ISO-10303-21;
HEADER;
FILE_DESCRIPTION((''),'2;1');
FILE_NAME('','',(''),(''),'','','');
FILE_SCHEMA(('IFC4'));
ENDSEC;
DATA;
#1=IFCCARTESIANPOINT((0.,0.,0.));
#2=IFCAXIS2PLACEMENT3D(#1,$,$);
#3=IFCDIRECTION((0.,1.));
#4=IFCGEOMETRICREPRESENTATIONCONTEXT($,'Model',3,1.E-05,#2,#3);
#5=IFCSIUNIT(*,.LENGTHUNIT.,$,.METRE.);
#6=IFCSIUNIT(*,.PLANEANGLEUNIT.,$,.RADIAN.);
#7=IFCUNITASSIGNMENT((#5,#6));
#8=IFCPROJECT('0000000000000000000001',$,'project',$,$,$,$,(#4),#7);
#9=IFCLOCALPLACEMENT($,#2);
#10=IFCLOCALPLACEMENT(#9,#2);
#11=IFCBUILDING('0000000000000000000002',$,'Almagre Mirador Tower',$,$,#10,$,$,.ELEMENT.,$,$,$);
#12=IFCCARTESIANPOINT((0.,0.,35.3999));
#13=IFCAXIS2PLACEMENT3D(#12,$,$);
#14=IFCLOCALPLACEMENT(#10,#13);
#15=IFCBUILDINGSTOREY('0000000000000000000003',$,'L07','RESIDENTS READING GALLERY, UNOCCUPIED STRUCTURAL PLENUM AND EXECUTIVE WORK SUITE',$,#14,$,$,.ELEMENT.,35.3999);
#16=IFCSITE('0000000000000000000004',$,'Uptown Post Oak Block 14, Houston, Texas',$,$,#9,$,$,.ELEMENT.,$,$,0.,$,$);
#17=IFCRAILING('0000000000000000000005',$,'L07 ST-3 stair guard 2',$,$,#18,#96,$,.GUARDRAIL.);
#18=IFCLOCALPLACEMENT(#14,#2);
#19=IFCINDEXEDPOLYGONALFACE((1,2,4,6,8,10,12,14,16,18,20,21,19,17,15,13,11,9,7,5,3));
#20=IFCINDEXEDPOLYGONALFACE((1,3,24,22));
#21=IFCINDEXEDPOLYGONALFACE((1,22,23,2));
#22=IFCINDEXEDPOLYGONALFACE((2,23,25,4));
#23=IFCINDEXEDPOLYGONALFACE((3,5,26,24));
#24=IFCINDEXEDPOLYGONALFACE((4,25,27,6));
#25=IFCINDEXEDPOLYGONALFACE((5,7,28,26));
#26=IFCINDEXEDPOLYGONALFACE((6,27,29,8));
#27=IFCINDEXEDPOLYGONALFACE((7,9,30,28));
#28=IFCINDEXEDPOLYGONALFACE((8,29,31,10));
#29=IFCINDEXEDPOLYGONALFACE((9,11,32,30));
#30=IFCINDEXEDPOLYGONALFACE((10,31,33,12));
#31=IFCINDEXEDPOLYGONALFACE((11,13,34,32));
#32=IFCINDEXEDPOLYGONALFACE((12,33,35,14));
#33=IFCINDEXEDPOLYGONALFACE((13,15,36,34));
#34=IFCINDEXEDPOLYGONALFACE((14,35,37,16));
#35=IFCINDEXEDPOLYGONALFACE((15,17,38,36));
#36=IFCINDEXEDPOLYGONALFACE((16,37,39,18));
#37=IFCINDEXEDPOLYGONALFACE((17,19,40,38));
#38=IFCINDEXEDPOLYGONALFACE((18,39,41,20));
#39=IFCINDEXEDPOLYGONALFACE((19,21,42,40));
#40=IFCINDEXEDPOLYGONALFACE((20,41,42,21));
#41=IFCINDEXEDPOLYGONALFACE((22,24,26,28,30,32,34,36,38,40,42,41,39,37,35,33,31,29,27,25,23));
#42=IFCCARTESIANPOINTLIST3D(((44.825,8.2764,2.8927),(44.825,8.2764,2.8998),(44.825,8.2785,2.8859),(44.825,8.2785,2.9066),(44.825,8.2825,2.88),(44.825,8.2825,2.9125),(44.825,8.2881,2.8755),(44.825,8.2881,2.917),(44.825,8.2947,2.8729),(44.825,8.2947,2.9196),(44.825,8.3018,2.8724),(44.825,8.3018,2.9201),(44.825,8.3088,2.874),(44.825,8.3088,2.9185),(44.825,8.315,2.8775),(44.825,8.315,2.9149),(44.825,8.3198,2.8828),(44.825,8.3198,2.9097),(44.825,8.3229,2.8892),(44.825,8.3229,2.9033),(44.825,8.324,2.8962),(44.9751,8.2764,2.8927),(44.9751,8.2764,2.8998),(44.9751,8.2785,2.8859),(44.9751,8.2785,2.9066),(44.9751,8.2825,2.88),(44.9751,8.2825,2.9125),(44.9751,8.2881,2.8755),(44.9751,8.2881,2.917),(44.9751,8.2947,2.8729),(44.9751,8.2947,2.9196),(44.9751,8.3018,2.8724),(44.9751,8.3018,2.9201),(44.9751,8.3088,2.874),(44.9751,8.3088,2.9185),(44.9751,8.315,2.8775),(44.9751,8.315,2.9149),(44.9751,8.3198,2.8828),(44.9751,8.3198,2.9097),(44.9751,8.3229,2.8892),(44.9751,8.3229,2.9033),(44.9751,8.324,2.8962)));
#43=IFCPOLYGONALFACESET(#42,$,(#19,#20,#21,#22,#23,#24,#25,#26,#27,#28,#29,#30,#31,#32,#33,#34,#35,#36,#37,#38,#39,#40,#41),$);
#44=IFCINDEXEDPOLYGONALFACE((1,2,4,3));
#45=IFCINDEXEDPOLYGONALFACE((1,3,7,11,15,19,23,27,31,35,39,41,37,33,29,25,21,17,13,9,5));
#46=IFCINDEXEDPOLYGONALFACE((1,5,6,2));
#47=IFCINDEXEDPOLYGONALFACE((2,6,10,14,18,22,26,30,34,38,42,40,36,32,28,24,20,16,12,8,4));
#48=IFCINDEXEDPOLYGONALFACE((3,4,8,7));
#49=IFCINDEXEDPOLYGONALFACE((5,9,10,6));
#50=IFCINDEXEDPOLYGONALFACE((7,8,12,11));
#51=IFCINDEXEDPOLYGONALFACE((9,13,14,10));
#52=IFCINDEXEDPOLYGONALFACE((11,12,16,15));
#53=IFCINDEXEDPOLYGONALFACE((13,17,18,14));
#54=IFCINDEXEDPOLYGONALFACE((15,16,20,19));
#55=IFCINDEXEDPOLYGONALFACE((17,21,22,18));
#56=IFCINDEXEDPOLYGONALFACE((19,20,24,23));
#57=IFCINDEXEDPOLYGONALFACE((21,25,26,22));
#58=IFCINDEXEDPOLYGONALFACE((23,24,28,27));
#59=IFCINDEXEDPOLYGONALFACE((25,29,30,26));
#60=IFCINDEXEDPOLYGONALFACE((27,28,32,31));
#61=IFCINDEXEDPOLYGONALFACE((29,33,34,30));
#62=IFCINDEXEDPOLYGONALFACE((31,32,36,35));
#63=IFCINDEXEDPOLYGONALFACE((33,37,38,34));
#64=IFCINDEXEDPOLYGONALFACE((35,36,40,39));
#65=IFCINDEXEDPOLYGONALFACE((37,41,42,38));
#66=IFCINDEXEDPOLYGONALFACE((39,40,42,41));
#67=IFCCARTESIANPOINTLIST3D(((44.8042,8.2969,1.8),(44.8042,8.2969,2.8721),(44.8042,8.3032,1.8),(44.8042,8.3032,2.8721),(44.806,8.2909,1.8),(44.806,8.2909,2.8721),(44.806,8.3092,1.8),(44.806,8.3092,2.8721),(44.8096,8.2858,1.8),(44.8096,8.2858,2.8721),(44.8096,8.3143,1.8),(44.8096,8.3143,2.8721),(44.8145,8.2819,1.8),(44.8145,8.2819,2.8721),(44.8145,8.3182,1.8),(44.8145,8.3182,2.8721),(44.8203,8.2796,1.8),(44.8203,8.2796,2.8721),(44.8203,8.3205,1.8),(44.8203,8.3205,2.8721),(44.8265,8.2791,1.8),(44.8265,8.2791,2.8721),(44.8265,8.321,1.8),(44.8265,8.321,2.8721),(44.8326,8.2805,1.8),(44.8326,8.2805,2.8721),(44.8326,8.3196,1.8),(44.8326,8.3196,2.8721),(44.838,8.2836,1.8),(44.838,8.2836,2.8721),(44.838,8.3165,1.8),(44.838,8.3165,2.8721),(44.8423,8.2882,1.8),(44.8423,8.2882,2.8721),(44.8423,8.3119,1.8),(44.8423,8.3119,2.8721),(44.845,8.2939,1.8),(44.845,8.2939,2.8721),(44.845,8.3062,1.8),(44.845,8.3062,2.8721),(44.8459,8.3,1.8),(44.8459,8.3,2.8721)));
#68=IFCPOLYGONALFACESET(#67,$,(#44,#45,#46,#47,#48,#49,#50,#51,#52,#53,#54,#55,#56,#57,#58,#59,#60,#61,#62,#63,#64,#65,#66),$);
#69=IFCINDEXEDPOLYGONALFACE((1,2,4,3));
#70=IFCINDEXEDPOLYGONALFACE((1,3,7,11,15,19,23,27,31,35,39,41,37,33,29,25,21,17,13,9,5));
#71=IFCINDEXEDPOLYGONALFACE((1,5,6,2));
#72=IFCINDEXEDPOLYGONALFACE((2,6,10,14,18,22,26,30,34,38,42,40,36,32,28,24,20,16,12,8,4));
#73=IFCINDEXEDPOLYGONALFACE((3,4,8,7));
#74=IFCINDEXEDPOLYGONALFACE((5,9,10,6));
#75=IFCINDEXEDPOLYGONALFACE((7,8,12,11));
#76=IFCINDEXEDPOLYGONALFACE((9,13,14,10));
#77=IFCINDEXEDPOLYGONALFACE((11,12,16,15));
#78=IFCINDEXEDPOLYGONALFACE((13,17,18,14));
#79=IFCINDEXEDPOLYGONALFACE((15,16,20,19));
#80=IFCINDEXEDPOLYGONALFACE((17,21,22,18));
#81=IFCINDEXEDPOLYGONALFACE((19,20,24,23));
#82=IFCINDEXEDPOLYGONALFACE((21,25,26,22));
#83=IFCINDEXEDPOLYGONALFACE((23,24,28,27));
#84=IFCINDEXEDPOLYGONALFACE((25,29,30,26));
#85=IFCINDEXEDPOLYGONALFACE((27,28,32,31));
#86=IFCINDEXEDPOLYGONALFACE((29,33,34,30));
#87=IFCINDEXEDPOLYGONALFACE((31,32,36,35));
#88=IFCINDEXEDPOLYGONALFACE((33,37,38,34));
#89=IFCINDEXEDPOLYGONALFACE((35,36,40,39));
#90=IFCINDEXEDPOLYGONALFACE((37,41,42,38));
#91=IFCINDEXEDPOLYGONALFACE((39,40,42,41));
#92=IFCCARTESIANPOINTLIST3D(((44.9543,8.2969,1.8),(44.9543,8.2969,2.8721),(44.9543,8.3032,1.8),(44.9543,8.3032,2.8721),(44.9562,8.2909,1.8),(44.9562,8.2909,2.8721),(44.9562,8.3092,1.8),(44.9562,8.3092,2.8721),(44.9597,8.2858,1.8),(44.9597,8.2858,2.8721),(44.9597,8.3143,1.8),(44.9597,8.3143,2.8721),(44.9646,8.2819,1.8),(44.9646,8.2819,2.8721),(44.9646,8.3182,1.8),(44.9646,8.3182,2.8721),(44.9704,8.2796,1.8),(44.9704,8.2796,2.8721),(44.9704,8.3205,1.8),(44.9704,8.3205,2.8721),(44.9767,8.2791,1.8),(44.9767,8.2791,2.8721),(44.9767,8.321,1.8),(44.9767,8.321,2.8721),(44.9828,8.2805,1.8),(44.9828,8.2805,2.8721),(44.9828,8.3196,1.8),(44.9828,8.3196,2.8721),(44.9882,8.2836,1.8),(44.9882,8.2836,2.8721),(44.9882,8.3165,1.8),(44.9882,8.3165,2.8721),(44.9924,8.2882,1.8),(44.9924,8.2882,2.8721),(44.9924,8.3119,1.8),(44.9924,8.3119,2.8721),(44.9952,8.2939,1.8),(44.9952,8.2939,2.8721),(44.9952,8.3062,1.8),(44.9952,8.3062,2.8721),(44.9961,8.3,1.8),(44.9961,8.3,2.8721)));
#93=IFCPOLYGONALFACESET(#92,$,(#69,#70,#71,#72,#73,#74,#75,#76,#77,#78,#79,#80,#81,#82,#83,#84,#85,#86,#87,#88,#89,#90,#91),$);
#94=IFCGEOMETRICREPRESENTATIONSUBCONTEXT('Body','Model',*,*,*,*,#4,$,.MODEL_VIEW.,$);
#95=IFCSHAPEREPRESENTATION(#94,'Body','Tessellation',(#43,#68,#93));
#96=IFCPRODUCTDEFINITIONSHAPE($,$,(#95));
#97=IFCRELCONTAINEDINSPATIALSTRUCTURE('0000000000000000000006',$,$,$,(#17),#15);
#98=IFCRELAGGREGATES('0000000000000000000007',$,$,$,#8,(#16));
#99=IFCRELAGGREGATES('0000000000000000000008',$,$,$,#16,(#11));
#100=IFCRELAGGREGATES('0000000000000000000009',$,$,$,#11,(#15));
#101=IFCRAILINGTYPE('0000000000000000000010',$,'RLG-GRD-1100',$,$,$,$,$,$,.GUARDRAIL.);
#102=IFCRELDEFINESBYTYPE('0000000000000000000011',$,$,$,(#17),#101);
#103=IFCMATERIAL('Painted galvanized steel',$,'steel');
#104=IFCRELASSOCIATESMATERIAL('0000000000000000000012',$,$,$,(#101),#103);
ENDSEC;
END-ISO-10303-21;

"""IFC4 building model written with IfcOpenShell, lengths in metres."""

from ifc_helpers import new_model, si_unit, direction, frame, origin, origin_2d, place, context, subcontext, project, spatial, circle, extrude, material, type_object, element, save


model = new_model("IFC4")

# Units and contexts
model_context = context("Model", 3, precision=1e-05, world=origin(), true_north=direction((0.0, 1.0)))
body_context = subcontext(model_context, "Body", "Model", "MODEL_VIEW")
ifc_project = project(units=[si_unit("LENGTHUNIT", "METRE"), si_unit("PLANEANGLEUNIT", "RADIAN")], contexts=[model_context])

# Site, building, storey
site_placement = place(None, origin())
site = spatial("IfcSite", under=ifc_project, at=site_placement, Name="Uptown Post Oak Block 14, Houston, Texas", CompositionType="ELEMENT", RefElevation=0.0)
building_placement = place(site_placement, origin())
building = spatial("IfcBuilding", under=site, at=building_placement, Name="Almagre Mirador Tower", CompositionType="ELEMENT")
storey_placement = place(building_placement, frame((0.0, 0.0, 35.3999)))
storey = spatial("IfcBuildingStorey", under=building, at=storey_placement, Name="L07", Description="RESIDENTS READING GALLERY, UNOCCUPIED STRUCTURAL PLENUM AND EXECUTIVE WORK SUITE", CompositionType="ELEMENT", Elevation=35.3999)

# Railing
ifc_material_1 = material(Name="Painted galvanized steel", Category="steel")
railing_type_1 = type_object("IfcRailingType", Name="RLG-GRD-1100", PredefinedType="GUARDRAIL", material=ifc_material_1)
railing_1_placement = place(storey_placement, frame((44.825, 8.3, 1.8)))
element("IfcRailing", 1, at=railing_1_placement, inside=storey, type_object=railing_type_1, Name="L07 ST-3 stair guard 2", PredefinedType="GUARDRAIL", context=body_context, shape_type="SweptSolid", body=[
    extrude(circle(Radius=0.0239, at=origin_2d()), frame((0.0, 0.0, 1.0962), z_axis=(1.0, 0.0, 0.0), x_axis=(0.0, 1.0, 0.0)), (0.0, 0.0, 1.0), 0.1501),
    extrude(circle(Radius=0.021, at=origin_2d()), origin(), (0.0, 0.0, 1.0), 1.072),
    extrude(circle(Radius=0.021, at=origin_2d()), frame((0.1501, 0.0, 0.0)), (0.0, 0.0, 1.0), 1.072),
])

save(model, "model.ifc")
